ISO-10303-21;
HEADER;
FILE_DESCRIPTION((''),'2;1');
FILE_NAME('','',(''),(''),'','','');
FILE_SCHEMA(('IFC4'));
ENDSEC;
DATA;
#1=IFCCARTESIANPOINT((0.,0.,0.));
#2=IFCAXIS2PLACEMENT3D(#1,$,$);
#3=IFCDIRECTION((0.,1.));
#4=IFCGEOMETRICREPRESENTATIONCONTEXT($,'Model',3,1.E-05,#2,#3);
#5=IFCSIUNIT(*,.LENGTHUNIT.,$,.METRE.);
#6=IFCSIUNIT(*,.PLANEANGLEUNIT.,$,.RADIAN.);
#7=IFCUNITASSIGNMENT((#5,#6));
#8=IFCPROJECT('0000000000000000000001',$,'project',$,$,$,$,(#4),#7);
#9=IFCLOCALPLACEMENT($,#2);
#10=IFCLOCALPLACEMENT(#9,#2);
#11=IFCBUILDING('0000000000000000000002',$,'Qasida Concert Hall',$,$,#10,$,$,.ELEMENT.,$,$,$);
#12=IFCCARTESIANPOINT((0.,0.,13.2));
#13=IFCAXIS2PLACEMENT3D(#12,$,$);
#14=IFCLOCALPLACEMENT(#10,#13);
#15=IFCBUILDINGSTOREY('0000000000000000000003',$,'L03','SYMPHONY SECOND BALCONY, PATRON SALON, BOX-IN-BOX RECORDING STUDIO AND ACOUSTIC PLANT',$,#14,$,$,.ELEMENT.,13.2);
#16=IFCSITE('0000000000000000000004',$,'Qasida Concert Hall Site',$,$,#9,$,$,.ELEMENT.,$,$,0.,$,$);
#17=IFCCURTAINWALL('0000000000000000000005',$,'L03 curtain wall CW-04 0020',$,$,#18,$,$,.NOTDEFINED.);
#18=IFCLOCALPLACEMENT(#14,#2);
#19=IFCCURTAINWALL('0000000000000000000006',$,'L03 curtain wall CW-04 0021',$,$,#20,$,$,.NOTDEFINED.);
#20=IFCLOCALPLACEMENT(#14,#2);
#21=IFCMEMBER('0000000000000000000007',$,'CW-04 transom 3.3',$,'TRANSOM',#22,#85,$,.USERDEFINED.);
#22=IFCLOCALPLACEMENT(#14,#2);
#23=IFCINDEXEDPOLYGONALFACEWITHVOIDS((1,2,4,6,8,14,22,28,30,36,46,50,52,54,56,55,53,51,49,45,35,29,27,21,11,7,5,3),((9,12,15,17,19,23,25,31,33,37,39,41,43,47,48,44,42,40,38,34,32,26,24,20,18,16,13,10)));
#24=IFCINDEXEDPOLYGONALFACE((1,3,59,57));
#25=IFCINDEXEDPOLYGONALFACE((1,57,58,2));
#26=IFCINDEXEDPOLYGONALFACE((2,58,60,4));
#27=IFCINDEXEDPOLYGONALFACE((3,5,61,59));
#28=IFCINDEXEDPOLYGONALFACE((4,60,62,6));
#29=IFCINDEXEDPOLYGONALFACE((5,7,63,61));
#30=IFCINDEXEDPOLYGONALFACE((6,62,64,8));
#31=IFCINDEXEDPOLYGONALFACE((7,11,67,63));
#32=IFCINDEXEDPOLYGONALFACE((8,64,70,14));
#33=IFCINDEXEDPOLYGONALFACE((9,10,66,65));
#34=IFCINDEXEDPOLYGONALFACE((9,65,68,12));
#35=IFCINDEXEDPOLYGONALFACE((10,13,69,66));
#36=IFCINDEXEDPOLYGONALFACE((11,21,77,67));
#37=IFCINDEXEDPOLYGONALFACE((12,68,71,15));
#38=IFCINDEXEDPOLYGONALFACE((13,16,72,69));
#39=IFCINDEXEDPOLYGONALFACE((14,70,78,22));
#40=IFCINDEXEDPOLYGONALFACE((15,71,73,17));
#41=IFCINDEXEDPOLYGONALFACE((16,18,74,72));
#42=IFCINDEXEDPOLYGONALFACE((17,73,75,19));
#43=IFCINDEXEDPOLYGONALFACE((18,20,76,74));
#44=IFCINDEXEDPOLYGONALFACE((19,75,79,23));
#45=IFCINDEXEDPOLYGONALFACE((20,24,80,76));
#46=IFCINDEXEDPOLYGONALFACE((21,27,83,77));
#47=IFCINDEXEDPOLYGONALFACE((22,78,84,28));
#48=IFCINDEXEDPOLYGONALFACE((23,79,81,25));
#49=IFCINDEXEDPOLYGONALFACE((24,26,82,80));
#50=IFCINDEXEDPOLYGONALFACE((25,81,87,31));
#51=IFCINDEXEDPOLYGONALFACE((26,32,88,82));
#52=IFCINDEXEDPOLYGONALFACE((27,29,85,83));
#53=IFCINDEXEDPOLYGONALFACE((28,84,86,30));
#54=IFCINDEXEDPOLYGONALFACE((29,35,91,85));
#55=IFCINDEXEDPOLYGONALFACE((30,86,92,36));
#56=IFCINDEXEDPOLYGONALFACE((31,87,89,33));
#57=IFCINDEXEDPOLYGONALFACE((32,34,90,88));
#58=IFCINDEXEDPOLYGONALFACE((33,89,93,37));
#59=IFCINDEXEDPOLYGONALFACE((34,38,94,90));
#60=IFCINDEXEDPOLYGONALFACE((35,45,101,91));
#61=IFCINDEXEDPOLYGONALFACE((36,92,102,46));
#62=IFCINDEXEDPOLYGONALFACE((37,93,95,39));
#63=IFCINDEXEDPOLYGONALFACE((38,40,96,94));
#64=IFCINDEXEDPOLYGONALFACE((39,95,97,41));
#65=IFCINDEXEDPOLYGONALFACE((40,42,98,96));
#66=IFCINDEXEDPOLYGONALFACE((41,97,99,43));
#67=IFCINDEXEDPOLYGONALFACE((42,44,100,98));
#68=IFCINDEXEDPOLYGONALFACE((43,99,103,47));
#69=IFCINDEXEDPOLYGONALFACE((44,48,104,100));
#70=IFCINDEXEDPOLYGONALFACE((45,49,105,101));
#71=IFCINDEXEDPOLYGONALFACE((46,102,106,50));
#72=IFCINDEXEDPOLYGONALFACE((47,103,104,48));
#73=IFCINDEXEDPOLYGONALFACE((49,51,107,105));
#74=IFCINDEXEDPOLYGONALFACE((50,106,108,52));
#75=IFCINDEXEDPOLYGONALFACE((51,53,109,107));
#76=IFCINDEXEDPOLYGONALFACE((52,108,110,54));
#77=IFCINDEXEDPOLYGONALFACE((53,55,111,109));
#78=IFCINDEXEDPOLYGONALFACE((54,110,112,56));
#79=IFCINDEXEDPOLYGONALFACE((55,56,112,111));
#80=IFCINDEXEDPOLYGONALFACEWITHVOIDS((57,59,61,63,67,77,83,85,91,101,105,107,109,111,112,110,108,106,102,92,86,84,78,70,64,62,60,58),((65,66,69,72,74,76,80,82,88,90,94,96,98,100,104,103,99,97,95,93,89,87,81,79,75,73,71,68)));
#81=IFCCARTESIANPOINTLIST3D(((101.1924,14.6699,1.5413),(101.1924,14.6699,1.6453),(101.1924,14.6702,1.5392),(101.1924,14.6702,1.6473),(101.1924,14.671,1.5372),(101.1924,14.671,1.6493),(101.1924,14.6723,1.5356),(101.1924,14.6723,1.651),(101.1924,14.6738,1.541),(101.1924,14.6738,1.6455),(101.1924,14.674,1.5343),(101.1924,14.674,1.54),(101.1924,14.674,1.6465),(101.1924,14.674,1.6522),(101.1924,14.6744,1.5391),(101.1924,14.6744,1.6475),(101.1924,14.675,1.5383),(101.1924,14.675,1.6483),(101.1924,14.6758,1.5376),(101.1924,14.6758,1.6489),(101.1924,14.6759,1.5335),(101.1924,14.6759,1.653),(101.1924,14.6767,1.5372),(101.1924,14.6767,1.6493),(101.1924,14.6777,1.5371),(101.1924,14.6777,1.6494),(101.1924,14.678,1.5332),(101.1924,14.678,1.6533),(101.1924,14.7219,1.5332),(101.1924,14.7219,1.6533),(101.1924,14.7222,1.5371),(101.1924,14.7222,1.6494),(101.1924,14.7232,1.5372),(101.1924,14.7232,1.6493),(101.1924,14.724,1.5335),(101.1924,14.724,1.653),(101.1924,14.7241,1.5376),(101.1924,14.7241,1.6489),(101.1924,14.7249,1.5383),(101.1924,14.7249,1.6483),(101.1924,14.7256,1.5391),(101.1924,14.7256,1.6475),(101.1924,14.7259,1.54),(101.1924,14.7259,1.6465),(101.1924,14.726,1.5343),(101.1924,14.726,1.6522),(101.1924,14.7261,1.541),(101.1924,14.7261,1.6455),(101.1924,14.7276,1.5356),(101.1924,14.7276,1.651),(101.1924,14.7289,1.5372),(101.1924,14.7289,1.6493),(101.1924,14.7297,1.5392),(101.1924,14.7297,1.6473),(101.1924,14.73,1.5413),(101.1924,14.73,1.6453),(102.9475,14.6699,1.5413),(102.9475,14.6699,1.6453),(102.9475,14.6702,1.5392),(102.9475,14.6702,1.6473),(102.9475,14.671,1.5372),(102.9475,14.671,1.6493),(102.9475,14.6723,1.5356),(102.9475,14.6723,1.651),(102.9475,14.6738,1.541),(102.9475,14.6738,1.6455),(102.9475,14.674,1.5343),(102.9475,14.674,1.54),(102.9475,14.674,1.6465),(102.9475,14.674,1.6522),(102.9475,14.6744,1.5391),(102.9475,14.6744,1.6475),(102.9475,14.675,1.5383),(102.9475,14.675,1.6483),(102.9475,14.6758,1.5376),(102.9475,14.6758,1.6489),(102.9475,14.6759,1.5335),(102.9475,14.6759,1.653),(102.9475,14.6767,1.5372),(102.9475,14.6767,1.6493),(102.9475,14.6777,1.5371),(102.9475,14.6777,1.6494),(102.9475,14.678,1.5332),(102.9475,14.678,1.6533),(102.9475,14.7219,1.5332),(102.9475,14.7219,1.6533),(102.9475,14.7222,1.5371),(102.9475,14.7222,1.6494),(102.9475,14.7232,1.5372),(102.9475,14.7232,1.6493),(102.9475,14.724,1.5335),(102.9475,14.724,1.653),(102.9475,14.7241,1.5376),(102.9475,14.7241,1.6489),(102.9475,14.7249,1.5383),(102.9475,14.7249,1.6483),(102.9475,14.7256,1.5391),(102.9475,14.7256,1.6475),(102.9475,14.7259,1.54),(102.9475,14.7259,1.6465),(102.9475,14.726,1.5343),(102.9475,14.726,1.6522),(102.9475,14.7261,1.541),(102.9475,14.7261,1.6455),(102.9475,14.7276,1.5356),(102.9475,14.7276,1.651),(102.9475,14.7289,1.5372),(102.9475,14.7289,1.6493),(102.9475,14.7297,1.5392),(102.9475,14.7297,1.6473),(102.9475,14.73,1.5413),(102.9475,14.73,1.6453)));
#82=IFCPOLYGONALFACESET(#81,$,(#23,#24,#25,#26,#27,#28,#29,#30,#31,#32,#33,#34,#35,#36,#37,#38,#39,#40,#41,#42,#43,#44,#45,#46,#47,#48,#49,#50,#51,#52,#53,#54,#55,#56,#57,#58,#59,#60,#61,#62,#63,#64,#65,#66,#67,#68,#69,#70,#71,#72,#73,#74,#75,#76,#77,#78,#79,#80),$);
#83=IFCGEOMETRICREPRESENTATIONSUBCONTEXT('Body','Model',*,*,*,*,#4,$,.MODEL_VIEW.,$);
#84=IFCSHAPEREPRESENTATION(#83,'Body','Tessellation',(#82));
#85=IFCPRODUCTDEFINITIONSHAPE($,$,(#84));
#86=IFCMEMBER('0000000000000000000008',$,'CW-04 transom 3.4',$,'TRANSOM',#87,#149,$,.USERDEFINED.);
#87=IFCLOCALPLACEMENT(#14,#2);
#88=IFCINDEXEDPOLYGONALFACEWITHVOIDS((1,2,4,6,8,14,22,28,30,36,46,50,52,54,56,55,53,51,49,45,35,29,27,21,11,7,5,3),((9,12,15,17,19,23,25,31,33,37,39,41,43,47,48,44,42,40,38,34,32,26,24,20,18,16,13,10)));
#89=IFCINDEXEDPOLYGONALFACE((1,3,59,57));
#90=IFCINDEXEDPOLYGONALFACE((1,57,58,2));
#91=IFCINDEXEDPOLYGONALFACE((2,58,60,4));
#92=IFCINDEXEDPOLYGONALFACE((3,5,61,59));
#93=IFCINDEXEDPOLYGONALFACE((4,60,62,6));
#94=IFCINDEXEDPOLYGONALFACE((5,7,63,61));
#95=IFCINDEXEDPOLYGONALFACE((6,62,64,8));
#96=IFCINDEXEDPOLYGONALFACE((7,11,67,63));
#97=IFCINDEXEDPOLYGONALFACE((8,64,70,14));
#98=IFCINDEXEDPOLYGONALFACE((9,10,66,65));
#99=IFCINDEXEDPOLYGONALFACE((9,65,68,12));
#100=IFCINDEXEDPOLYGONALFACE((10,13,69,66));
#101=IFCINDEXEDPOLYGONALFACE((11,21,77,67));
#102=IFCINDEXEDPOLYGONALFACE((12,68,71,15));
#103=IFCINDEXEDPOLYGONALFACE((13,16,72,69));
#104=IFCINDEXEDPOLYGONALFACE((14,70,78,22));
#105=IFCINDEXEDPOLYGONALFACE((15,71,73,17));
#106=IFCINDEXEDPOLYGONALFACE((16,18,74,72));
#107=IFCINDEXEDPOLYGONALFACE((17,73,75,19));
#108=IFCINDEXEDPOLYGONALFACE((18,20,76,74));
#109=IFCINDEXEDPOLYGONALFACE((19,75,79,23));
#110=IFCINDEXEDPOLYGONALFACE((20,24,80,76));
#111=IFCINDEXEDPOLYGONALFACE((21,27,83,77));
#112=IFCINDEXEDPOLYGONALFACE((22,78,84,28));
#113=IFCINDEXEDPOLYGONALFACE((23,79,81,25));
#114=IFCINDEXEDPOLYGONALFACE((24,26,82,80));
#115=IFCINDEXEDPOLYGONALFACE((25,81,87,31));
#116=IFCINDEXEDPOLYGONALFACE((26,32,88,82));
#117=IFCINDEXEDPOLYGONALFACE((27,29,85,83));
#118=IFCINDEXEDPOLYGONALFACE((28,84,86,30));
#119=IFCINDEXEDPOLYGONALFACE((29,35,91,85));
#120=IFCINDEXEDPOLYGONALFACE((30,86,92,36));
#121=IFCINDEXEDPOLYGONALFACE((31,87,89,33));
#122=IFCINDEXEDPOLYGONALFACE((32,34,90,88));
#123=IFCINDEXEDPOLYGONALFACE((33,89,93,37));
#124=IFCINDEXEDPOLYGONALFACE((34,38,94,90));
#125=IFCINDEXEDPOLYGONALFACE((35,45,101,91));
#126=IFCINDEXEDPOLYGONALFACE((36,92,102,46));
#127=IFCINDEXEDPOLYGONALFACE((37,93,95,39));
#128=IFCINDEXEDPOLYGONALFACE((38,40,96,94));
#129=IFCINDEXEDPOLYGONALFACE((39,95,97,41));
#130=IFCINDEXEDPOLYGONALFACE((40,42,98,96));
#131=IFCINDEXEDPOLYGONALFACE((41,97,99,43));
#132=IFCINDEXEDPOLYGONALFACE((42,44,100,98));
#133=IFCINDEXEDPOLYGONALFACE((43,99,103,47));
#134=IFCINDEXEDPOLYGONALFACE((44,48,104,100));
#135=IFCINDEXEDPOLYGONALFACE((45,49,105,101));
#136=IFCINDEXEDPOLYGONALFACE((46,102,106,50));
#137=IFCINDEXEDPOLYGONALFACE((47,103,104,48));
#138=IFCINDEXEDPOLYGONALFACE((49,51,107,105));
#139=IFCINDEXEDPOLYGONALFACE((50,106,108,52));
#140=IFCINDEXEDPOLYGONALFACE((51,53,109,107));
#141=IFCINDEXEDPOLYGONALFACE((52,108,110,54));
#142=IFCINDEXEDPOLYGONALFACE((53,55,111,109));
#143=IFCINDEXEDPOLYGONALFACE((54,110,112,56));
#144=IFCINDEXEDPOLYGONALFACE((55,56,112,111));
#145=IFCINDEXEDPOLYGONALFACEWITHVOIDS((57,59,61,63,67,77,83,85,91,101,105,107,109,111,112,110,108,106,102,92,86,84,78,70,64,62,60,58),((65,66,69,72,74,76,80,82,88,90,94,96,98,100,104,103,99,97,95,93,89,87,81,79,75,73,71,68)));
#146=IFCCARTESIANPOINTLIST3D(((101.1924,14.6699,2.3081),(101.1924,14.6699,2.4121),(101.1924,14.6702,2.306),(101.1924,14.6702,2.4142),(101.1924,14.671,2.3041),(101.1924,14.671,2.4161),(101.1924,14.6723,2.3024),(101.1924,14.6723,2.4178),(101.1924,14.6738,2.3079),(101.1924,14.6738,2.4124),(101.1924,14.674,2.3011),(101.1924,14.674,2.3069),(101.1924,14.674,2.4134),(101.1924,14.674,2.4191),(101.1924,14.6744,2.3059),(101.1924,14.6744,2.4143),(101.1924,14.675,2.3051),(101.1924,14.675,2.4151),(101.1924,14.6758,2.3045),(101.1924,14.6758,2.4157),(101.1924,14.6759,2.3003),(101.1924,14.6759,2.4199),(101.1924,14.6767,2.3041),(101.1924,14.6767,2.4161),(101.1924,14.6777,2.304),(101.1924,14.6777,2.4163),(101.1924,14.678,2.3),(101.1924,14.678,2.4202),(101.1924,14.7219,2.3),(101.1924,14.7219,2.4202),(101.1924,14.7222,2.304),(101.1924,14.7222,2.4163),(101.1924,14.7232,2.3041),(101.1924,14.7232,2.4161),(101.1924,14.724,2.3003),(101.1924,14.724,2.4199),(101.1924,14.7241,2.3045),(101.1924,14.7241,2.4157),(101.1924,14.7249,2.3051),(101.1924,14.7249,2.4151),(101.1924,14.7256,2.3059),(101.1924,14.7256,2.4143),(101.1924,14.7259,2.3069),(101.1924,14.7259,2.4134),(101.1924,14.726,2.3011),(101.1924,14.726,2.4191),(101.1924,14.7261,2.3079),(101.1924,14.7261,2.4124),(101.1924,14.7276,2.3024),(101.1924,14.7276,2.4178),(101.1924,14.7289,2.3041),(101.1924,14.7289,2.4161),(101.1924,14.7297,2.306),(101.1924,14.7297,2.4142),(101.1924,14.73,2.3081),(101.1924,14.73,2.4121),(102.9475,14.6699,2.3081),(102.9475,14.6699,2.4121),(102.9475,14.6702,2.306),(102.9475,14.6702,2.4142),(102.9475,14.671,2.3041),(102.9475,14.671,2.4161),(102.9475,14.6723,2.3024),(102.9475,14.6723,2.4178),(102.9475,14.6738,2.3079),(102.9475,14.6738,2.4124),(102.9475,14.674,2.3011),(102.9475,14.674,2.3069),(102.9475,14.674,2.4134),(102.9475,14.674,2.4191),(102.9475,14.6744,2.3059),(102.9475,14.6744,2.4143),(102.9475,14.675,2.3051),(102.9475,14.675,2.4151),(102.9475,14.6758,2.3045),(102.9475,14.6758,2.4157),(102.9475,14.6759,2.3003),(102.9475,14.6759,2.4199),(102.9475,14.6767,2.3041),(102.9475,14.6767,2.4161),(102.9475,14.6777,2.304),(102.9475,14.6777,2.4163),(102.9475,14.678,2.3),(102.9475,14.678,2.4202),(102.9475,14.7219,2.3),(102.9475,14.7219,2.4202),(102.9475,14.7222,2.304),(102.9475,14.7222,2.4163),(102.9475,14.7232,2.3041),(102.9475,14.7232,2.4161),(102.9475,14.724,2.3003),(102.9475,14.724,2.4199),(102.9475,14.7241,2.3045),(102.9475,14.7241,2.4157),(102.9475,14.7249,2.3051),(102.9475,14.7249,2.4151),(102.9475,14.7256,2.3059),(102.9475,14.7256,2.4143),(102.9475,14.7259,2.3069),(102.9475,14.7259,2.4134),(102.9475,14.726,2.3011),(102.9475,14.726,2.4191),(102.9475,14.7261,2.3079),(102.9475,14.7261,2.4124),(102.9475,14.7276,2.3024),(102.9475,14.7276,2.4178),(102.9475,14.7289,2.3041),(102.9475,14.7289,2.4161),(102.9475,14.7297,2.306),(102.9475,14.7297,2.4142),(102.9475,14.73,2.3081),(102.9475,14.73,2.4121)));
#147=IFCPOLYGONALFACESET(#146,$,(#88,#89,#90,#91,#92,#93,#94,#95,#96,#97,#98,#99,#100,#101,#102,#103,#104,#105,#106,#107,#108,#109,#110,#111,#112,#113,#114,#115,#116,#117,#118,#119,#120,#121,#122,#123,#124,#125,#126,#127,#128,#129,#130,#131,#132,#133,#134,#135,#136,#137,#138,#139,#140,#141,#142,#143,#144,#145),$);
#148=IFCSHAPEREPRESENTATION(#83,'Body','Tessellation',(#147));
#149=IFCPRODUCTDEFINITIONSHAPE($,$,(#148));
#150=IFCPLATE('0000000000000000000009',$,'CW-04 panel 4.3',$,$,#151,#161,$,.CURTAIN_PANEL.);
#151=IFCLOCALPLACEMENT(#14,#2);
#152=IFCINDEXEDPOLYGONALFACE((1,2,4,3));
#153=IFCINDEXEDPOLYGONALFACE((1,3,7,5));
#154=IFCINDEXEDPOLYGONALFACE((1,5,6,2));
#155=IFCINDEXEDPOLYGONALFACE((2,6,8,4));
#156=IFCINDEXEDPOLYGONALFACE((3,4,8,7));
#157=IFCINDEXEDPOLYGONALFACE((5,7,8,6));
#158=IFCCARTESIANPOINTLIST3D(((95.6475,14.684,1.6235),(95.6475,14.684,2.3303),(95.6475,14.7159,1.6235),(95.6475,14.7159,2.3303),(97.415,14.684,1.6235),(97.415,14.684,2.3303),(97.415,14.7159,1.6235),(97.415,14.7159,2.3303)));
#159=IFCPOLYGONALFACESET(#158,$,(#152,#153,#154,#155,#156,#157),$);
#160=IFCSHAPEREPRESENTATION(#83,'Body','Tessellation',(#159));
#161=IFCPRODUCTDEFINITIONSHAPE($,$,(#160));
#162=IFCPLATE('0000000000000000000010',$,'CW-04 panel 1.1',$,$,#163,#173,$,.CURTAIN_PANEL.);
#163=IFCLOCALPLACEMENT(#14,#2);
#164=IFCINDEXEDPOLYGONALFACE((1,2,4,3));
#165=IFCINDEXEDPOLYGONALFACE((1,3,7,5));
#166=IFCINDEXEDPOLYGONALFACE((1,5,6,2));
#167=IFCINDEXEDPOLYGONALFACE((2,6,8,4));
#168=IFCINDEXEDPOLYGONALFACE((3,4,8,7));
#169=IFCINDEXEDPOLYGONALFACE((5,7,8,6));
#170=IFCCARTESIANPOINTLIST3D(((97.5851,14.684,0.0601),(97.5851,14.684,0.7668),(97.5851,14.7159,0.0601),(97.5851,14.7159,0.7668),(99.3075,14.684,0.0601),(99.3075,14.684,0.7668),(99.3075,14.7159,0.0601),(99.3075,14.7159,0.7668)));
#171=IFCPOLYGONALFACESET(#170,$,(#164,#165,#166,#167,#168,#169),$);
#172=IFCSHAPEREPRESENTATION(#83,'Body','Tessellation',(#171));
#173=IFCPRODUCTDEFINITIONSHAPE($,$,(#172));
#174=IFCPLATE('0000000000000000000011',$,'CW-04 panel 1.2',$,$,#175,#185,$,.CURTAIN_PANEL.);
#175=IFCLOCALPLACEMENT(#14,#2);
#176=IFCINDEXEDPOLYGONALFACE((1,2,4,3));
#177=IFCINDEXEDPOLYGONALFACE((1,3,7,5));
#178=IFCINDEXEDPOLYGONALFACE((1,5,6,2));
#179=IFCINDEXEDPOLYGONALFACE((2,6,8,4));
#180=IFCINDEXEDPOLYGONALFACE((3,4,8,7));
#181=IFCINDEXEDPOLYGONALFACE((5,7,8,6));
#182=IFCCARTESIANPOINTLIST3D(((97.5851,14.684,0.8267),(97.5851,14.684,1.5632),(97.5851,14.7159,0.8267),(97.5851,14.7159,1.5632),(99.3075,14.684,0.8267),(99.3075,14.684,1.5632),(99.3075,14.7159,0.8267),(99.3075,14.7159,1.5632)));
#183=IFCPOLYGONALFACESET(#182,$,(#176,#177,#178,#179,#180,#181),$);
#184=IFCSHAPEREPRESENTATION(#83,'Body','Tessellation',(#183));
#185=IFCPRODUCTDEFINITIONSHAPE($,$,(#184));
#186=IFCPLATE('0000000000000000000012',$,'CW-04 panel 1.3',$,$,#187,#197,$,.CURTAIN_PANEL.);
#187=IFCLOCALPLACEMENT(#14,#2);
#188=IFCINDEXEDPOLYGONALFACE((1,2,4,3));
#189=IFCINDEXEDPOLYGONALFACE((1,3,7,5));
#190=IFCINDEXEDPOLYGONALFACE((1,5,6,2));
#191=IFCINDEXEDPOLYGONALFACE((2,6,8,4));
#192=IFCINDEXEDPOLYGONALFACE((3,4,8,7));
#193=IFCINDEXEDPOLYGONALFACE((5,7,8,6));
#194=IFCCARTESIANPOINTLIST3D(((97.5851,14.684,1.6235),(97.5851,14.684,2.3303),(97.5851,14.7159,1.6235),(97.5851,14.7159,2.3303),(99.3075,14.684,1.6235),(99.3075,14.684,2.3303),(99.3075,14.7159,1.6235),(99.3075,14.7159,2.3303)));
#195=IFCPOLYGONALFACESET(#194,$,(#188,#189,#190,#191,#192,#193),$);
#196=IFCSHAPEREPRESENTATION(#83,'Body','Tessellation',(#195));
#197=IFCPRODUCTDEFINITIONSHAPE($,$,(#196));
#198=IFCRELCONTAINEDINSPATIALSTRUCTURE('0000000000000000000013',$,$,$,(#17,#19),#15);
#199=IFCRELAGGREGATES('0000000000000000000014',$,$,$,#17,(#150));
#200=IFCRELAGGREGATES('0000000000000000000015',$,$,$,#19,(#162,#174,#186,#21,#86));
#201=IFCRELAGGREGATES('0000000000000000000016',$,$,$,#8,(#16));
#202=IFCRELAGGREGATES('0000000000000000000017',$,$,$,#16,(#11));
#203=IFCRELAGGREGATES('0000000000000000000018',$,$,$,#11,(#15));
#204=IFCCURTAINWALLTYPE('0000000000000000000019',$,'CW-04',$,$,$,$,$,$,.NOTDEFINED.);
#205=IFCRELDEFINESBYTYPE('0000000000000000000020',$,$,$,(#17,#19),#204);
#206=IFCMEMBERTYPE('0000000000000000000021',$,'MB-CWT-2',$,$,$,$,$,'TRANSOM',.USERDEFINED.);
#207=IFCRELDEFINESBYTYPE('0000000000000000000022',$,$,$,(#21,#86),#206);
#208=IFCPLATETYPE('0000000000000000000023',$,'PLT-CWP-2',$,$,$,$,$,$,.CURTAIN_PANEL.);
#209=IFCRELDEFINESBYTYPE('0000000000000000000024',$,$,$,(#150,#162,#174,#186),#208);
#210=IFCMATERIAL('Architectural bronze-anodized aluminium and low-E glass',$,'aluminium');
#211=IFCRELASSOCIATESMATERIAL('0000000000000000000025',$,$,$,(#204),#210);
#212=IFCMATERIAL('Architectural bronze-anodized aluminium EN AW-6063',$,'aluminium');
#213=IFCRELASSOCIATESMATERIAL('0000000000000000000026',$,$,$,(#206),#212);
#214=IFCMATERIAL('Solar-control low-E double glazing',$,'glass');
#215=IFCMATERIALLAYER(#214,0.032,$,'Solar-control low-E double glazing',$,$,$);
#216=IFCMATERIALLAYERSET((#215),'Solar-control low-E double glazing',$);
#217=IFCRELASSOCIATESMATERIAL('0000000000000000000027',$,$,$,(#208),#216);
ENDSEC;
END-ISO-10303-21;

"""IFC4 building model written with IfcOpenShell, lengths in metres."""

from ifc_helpers import new_model, si_unit, direction, frame, origin, origin_2d, place, context, subcontext, project, spatial, rectangle, hollow_rectangle, extrude, material, layer, layer_set, material_profile, profile_set, type_object, element, aggregate, save


model = new_model("IFC4")

# Units and contexts
model_context = context("Model", 3, precision=1e-05, world=origin(), true_north=direction((0.0, 1.0)))
body_context = subcontext(model_context, "Body", "Model", "MODEL_VIEW")
ifc_project = project(units=[si_unit("LENGTHUNIT", "METRE"), si_unit("PLANEANGLEUNIT", "RADIAN")], contexts=[model_context])

# Site, building, storey
site_placement = place(None, origin())
site = spatial("IfcSite", under=ifc_project, at=site_placement, Name="Qasida Concert Hall Site", CompositionType="ELEMENT", RefElevation=0.0)
building_placement = place(site_placement, origin())
building = spatial("IfcBuilding", under=site, at=building_placement, Name="Qasida Concert Hall", CompositionType="ELEMENT")
storey_placement = place(building_placement, frame((0.0, 0.0, 13.2)))
storey = spatial("IfcBuildingStorey", under=building, at=storey_placement, Name="L03", Description="SYMPHONY SECOND BALCONY, PATRON SALON, BOX-IN-BOX RECORDING STUDIO AND ACOUSTIC PLANT", CompositionType="ELEMENT", Elevation=13.2)

# Curtain wall
ifc_material_1 = material(Name="Architectural bronze-anodized aluminium and low-E glass", Category="aluminium")
curtain_wall_type = type_object("IfcCurtainWallType", Name="CW-04", PredefinedType="NOTDEFINED", material=ifc_material_1)
curtain_wall_1_placement = place(storey_placement, origin())
curtain_wall_1 = element("IfcCurtainWall", 1, at=curtain_wall_1_placement, inside=storey, type_object=curtain_wall_type, Name="L03 curtain wall CW-04 0020", PredefinedType="NOTDEFINED")
ifc_material_2 = material(Name="Architectural bronze-anodized aluminium EN AW-6063", Category="aluminium")

# Curtain wall, members
curtain_wall_2_placement = place(storey_placement, origin())
curtain_wall_2 = element("IfcCurtainWall", 2, at=curtain_wall_2_placement, inside=storey, type_object=curtain_wall_type, Name="L03 curtain wall CW-04 0021", PredefinedType="NOTDEFINED")
ifc_material_profile_1 = material_profile(ifc_material_2, hollow_rectangle(XDim=0.0601, YDim=0.1201, WallThickness=0.0039, InnerFilletRadius=0.0039, OuterFilletRadius=0.0081, at=origin_2d()), Name="CWT 120x60x4")
ifc_profile_set_1 = profile_set([ifc_material_profile_1], Name="Architectural bronze-anodized aluminium EN AW-6063")
member_type_1 = type_object("IfcMemberType", Name="MB-CWT-2", ElementType="TRANSOM", PredefinedType="USERDEFINED", material=ifc_profile_set_1)
member_1_placement = place(storey_placement, frame((101.1924, 14.7, 1.5933), z_axis=(1.0, 0.0, 0.0), x_axis=(0.0, 1.0, 0.0)))
member_1 = element("IfcMember", 3, at=member_1_placement, type_object=member_type_1, Name="CW-04 transom 3.3", ObjectType="TRANSOM", PredefinedType="USERDEFINED", context=body_context, shape_type="SweptSolid", body=[
    extrude(hollow_rectangle(XDim=0.0601, YDim=0.1201, WallThickness=0.0039, InnerFilletRadius=0.0039, OuterFilletRadius=0.0081, at=origin_2d()), origin(), (0.0, 0.0, 1.0), 1.7551),
])
member_2_placement = place(storey_placement, frame((101.1924, 14.7, 2.3601), z_axis=(1.0, 0.0, 0.0), x_axis=(0.0, 1.0, 0.0)))
member_2 = element("IfcMember", 4, at=member_2_placement, type_object=member_type_1, Name="CW-04 transom 3.4", ObjectType="TRANSOM", PredefinedType="USERDEFINED", context=body_context, shape_type="SweptSolid", body=[
    extrude(hollow_rectangle(XDim=0.0601, YDim=0.1201, WallThickness=0.0039, InnerFilletRadius=0.0039, OuterFilletRadius=0.0081, at=origin_2d()), origin(), (0.0, 0.0, 1.0), 1.7551),
])

# Plates
ifc_material_3 = material(Name="Solar-control low-E double glazing", Category="glass")
ifc_layer = layer(ifc_material_3, 0.032, Name="Solar-control low-E double glazing")
ifc_layer_set = layer_set([ifc_layer], Name="Solar-control low-E double glazing")
plate_type = type_object("IfcPlateType", Name="PLT-CWP-2", PredefinedType="CURTAIN_PANEL", material=ifc_layer_set)
plate_1_placement = place(storey_placement, frame((96.5312, 14.7, 1.6235), z_axis=(0.0, 0.0, 1.0), x_axis=(1.0, 0.0, 0.0)))
plate_1 = element("IfcPlate", 5, at=plate_1_placement, type_object=plate_type, Name="CW-04 panel 4.3", PredefinedType="CURTAIN_PANEL", context=body_context, shape_type="SweptSolid", body=[
    extrude(rectangle(XDim=1.7676, YDim=0.032, at=origin_2d()), origin(), (0.0, 0.0, 1.0), 0.7068),
])
aggregate(curtain_wall_1, [plate_1])
plate_2_placement = place(storey_placement, frame((98.4463, 14.7, 0.0601), z_axis=(0.0, 0.0, 1.0), x_axis=(1.0, 0.0, 0.0)))
plate_2 = element("IfcPlate", 6, at=plate_2_placement, type_object=plate_type, Name="CW-04 panel 1.1", PredefinedType="CURTAIN_PANEL", context=body_context, shape_type="SweptSolid", body=[
    extrude(rectangle(XDim=1.7224, YDim=0.032, at=origin_2d()), origin(), (0.0, 0.0, 1.0), 0.7068),
])
plate_3_placement = place(storey_placement, frame((98.4463, 14.7, 0.8267), z_axis=(0.0, 0.0, 1.0), x_axis=(1.0, 0.0, 0.0)))
plate_3 = element("IfcPlate", 7, at=plate_3_placement, type_object=plate_type, Name="CW-04 panel 1.2", PredefinedType="CURTAIN_PANEL", context=body_context, shape_type="SweptSolid", body=[
    extrude(rectangle(XDim=1.7224, YDim=0.032, at=origin_2d()), origin(), (0.0, 0.0, 1.0), 0.7366),
])
plate_4_placement = place(storey_placement, frame((98.4463, 14.7, 1.6235), z_axis=(0.0, 0.0, 1.0), x_axis=(1.0, 0.0, 0.0)))
plate_4 = element("IfcPlate", 8, at=plate_4_placement, type_object=plate_type, Name="CW-04 panel 1.3", PredefinedType="CURTAIN_PANEL", context=body_context, shape_type="SweptSolid", body=[
    extrude(rectangle(XDim=1.7224, YDim=0.032, at=origin_2d()), origin(), (0.0, 0.0, 1.0), 0.7068),
])
aggregate(curtain_wall_2, [plate_2, plate_3, plate_4, member_1, member_2])

save(model, "model.ifc")
